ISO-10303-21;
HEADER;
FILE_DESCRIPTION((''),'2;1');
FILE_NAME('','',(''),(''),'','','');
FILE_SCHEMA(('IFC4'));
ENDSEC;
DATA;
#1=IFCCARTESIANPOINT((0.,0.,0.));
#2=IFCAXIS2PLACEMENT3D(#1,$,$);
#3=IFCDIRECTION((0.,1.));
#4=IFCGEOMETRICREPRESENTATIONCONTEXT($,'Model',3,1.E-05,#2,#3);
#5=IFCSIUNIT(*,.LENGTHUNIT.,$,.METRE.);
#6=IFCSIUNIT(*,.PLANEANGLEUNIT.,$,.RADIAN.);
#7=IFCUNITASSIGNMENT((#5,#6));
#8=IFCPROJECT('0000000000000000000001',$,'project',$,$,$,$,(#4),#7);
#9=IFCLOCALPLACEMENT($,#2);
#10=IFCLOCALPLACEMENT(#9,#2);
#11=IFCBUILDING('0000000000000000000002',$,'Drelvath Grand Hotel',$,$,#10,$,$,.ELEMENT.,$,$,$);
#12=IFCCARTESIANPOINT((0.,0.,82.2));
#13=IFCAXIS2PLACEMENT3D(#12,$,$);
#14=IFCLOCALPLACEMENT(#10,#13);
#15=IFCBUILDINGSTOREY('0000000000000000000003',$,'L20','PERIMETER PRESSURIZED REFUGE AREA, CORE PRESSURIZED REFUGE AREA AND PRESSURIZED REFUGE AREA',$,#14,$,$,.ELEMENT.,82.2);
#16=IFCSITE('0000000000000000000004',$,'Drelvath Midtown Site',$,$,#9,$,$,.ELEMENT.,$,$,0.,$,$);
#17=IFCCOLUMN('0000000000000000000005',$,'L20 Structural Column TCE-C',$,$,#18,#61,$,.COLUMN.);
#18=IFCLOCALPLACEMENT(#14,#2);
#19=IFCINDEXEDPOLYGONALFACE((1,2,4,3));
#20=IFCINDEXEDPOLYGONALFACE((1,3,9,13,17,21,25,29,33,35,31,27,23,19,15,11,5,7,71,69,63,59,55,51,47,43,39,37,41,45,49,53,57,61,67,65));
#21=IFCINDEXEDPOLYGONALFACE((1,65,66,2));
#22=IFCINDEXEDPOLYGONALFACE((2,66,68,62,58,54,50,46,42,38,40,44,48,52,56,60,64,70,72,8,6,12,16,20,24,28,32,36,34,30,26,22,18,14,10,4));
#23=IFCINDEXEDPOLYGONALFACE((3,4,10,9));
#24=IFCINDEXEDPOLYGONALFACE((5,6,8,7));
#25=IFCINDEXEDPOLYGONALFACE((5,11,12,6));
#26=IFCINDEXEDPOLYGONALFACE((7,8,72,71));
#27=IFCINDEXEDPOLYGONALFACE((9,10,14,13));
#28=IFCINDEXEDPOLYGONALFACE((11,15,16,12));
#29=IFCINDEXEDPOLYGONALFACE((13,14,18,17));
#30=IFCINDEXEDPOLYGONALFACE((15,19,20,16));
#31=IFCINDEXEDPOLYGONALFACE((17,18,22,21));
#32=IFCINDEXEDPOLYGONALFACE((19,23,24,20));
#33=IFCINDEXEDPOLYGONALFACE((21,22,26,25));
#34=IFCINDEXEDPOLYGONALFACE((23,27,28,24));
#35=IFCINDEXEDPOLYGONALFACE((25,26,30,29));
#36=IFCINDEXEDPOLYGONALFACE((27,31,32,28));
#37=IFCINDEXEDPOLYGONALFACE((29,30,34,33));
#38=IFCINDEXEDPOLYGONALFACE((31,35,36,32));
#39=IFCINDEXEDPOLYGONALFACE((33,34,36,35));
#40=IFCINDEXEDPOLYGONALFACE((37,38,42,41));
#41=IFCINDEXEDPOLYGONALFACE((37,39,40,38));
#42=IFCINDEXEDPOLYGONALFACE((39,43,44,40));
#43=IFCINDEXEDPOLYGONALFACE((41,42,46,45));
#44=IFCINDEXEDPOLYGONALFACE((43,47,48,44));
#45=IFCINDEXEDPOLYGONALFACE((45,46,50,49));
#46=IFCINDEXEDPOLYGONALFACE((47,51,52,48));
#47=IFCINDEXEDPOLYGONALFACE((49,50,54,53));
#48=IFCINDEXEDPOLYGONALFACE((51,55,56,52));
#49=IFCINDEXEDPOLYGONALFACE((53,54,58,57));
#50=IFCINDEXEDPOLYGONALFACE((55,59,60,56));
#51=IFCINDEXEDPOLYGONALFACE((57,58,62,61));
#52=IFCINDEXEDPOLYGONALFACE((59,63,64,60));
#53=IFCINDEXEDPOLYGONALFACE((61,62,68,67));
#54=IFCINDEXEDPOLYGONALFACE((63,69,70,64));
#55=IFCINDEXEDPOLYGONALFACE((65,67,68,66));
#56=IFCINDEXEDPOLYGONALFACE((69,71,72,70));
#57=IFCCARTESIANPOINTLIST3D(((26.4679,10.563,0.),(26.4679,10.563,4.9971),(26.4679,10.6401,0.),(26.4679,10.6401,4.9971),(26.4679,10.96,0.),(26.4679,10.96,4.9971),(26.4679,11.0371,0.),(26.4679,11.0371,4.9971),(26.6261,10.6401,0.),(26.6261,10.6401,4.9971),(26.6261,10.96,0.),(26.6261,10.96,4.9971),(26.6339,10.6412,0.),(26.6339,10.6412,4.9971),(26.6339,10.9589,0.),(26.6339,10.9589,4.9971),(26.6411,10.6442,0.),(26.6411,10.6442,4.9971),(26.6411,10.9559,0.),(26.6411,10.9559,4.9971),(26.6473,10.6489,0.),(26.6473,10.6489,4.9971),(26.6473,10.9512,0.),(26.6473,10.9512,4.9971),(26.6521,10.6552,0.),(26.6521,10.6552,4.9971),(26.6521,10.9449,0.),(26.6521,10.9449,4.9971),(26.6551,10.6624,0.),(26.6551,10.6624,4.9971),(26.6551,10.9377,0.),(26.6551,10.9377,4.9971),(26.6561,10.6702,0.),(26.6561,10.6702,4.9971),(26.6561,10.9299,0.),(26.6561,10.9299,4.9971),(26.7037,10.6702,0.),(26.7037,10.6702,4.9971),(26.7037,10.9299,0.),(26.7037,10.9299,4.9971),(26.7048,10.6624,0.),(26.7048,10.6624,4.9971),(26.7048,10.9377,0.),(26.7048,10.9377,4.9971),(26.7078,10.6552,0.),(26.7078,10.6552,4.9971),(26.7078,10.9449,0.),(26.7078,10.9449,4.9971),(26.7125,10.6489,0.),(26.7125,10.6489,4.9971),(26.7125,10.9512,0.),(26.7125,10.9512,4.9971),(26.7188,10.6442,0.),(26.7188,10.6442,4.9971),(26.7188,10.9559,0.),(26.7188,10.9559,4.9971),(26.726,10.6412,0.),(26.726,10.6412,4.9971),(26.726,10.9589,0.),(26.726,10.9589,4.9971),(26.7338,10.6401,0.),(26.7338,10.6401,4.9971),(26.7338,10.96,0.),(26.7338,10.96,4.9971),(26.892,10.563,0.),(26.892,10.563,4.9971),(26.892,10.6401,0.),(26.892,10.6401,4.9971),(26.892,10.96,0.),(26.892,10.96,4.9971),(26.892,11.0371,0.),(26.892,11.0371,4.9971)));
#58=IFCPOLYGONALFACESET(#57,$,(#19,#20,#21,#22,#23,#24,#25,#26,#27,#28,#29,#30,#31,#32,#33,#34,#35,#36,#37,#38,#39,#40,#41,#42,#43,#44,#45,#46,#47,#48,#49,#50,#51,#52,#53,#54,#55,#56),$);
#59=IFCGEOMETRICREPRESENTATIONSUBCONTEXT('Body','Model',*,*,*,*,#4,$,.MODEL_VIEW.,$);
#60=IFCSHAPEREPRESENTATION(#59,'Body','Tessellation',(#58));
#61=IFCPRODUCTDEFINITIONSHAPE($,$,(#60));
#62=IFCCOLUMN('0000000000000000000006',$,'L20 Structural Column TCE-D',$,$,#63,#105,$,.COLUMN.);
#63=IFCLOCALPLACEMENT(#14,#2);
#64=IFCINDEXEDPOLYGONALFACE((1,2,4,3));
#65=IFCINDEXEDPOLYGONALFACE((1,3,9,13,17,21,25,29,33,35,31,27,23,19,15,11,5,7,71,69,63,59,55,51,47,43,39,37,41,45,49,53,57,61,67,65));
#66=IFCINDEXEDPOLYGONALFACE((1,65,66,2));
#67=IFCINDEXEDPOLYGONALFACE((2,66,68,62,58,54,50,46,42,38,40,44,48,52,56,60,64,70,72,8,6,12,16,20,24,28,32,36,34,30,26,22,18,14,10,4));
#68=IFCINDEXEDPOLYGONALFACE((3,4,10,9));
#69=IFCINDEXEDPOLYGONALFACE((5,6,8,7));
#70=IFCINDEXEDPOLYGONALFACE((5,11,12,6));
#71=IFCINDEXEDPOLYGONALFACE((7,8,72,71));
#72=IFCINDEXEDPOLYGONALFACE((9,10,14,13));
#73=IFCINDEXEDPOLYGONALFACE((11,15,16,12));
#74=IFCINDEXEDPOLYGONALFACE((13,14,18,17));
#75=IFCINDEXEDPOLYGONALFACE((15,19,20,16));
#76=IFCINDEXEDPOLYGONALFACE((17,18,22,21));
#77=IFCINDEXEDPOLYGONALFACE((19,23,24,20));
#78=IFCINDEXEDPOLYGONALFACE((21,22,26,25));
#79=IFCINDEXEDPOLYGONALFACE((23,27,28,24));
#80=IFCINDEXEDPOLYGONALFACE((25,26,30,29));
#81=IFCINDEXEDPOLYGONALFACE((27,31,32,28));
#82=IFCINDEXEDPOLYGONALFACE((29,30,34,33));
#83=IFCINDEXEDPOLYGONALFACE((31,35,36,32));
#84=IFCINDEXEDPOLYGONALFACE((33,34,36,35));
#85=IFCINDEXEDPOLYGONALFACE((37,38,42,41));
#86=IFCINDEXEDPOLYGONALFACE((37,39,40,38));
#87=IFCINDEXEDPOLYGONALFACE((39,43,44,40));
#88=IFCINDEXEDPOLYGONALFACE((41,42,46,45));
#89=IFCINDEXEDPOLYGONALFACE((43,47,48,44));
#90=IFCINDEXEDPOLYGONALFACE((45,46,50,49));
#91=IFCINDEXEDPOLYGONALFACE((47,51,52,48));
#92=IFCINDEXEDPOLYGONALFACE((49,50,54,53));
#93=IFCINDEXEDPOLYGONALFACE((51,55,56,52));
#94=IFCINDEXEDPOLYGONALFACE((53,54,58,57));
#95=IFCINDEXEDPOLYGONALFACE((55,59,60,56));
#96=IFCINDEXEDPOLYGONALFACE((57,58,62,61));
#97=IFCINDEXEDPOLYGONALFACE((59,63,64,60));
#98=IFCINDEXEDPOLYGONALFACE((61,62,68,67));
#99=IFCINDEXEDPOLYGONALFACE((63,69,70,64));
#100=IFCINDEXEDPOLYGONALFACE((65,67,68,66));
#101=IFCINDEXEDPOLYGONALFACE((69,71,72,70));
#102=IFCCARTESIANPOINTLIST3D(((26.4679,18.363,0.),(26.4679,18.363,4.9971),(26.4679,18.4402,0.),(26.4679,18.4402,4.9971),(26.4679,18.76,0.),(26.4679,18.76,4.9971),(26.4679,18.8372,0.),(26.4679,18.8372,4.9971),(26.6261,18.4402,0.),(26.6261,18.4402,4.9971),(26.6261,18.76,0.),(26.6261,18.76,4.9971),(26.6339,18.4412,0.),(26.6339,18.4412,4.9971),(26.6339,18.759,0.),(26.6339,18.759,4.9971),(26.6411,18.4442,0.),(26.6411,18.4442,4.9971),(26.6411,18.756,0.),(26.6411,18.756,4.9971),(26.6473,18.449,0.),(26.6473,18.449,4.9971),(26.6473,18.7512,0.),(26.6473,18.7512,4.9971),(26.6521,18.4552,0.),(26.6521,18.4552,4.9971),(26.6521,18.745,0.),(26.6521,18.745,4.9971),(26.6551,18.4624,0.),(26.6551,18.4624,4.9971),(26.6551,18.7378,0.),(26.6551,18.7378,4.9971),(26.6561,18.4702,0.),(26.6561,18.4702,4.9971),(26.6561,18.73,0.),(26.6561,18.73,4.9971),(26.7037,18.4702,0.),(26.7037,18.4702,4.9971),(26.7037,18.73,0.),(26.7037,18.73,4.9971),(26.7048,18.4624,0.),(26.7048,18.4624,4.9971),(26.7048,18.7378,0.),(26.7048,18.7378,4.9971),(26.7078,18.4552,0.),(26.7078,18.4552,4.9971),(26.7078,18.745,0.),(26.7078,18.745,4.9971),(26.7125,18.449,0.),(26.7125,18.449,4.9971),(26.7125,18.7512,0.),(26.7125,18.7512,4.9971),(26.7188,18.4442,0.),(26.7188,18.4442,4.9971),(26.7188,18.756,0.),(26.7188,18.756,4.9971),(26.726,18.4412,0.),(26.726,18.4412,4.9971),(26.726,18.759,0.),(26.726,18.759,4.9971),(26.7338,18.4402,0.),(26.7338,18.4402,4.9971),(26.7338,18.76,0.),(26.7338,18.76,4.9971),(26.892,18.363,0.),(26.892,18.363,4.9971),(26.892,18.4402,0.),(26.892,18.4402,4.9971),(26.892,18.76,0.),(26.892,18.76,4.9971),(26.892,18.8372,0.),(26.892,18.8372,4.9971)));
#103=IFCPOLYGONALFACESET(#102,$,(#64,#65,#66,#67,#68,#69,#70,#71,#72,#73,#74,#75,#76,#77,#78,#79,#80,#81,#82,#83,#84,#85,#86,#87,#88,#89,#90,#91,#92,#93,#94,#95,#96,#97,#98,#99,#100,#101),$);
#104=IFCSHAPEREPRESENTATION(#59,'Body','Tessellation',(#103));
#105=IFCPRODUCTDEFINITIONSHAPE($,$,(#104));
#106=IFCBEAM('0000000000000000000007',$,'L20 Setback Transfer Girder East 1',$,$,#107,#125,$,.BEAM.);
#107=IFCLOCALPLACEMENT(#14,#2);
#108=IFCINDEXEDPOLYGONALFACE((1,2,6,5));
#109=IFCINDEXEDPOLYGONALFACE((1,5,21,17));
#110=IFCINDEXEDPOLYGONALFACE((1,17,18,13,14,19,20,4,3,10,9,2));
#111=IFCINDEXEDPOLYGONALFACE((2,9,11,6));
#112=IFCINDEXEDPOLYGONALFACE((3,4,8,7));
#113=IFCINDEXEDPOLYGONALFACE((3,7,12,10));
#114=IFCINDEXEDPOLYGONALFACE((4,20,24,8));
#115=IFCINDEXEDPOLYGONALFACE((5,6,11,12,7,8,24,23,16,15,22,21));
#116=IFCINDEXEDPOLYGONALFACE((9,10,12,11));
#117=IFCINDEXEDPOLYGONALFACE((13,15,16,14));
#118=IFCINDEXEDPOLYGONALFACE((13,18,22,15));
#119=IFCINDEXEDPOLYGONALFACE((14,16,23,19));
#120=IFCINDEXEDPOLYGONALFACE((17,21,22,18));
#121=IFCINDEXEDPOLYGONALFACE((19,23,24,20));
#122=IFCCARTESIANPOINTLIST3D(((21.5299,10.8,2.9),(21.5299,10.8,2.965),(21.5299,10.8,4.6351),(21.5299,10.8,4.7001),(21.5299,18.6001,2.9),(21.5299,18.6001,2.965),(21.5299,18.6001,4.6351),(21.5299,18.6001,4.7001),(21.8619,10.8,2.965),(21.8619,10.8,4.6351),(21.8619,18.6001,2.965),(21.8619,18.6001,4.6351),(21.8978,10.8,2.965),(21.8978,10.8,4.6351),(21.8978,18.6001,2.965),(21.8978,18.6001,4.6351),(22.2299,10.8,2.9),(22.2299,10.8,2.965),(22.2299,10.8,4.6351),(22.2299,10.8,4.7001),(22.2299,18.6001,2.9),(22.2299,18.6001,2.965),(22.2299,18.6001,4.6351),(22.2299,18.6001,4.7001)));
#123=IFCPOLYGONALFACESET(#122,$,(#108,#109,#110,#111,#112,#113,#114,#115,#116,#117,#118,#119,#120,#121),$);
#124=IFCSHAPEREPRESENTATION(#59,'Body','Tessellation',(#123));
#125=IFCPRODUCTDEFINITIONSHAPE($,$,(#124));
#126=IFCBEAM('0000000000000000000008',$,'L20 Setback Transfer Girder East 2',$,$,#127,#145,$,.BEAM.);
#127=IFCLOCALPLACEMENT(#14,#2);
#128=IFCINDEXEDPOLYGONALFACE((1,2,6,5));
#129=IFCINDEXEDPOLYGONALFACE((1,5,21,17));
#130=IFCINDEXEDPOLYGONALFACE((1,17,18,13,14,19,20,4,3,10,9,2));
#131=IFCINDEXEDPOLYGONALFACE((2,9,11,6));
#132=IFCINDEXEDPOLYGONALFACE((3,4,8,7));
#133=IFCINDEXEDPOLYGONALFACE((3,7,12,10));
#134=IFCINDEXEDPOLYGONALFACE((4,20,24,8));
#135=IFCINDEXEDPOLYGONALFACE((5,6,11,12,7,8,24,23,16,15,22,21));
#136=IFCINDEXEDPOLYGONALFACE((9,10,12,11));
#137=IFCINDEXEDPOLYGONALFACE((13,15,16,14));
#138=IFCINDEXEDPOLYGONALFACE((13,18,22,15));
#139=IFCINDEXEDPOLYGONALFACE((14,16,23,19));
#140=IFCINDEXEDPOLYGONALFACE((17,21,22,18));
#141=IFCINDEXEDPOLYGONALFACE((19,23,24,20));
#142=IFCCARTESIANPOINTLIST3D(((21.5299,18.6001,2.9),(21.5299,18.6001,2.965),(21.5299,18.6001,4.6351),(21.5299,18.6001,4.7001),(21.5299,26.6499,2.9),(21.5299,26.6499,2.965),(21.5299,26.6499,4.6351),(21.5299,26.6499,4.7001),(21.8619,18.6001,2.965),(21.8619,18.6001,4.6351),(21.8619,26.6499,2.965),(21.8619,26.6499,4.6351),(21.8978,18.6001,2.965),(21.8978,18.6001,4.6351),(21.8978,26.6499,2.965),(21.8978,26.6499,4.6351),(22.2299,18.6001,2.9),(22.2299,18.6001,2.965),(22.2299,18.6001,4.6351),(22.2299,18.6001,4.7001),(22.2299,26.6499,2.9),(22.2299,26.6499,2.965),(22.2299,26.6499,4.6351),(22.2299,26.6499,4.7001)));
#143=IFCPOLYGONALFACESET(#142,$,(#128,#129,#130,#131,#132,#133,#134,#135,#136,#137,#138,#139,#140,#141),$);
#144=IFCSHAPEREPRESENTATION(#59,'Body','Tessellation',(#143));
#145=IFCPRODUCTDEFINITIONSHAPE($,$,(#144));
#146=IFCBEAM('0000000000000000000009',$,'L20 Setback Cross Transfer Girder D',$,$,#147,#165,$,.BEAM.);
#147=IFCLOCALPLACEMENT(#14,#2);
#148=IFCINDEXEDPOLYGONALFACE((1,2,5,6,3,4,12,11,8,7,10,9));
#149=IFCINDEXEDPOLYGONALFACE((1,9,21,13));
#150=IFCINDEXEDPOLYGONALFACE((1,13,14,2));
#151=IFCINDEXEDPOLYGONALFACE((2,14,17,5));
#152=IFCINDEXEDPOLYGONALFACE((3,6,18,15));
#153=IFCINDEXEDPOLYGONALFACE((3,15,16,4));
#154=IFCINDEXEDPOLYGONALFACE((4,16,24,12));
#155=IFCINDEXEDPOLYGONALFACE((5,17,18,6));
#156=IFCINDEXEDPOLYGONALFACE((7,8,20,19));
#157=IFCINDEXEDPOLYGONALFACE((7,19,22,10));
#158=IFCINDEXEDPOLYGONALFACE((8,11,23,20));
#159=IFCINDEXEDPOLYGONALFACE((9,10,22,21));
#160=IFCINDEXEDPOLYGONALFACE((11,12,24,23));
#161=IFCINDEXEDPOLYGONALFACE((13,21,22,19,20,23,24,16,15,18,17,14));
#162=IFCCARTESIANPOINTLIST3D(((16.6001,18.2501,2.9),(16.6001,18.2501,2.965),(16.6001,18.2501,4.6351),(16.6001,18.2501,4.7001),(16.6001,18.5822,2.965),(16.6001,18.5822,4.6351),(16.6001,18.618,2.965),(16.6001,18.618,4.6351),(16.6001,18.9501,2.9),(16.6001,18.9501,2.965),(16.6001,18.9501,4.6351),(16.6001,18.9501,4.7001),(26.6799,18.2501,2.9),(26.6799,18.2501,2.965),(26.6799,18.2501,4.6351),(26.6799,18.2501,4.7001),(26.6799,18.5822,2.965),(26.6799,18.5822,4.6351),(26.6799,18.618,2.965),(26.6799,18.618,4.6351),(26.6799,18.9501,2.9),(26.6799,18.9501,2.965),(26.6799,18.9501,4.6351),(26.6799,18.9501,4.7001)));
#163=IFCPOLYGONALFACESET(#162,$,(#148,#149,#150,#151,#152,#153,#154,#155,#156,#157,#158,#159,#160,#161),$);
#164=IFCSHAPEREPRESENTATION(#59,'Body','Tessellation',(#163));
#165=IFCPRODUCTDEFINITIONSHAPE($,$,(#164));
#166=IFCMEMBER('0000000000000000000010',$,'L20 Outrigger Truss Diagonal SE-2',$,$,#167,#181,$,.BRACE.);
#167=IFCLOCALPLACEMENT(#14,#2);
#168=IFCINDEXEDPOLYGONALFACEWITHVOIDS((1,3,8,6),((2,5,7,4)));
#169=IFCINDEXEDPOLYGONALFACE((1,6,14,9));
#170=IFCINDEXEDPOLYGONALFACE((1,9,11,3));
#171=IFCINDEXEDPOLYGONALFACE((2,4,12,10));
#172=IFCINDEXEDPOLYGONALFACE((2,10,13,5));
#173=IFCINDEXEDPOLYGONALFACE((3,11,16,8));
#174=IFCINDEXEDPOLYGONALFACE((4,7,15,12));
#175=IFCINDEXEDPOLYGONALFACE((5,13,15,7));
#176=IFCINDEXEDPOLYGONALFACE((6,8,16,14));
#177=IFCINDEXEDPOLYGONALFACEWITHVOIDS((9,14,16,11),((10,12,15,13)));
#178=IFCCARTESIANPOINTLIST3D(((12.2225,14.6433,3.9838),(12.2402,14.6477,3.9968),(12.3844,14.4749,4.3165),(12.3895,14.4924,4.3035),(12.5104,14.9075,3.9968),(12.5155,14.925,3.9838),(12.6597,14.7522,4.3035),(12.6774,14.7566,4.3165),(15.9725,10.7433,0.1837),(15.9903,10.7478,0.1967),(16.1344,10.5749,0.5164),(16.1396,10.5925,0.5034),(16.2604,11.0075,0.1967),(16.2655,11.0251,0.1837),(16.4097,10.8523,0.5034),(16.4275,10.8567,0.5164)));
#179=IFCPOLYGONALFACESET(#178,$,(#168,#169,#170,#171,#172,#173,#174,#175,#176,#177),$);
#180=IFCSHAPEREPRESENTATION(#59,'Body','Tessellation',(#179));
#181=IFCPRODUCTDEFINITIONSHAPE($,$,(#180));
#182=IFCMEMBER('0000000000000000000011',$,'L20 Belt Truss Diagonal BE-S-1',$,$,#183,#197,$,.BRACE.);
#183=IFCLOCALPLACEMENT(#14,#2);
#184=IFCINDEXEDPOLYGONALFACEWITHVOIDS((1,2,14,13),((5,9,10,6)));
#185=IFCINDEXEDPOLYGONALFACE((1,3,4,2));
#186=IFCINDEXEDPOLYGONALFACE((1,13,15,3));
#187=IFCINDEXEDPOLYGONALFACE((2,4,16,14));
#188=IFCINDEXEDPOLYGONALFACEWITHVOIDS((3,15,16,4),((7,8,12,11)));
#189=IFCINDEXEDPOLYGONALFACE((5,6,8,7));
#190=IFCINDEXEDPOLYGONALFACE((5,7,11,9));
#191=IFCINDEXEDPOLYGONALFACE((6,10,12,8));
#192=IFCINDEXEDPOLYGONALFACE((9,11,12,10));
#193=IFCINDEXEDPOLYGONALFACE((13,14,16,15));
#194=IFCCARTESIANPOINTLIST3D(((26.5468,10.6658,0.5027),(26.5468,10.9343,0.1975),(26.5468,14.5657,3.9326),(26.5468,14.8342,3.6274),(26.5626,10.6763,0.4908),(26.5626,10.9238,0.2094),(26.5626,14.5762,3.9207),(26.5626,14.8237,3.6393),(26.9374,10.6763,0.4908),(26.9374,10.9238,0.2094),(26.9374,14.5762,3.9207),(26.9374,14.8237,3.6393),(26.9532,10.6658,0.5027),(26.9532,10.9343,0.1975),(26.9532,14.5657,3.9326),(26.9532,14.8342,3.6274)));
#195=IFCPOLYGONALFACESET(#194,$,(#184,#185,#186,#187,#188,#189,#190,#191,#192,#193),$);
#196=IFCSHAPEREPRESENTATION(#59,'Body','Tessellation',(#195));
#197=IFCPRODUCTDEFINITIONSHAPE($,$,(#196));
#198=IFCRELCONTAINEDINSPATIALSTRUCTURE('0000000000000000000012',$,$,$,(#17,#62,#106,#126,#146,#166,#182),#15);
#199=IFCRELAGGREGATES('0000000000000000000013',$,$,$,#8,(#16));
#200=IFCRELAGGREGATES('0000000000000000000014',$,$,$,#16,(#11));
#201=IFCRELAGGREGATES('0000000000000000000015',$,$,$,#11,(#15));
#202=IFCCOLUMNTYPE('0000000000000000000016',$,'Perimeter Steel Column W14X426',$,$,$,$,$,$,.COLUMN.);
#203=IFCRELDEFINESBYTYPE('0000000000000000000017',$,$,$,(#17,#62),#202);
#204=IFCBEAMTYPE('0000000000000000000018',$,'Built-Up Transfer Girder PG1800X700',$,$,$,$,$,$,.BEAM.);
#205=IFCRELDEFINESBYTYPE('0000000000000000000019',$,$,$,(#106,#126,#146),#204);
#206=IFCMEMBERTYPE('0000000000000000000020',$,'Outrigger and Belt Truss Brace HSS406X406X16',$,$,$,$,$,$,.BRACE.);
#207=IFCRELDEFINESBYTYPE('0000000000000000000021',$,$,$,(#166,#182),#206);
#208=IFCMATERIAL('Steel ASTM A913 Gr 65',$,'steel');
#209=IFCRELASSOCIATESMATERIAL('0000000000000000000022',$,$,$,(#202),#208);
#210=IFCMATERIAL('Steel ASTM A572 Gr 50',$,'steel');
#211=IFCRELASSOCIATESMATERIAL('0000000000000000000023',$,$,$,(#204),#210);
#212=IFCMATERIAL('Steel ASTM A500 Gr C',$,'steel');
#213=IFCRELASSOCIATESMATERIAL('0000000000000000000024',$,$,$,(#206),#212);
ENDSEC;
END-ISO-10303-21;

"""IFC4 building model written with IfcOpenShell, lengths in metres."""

from ifc_helpers import new_model, si_unit, direction, frame, origin, origin_2d, place, context, subcontext, project, spatial, hollow_rectangle, i_section, extrude, material, material_profile, profile_set, type_object, element, save


model = new_model("IFC4")

# Units and contexts
model_context = context("Model", 3, precision=1e-05, world=origin(), true_north=direction((0.0, 1.0)))
body_context = subcontext(model_context, "Body", "Model", "MODEL_VIEW")
ifc_project = project(units=[si_unit("LENGTHUNIT", "METRE"), si_unit("PLANEANGLEUNIT", "RADIAN")], contexts=[model_context])

# Site, building, storey
site_placement = place(None, origin())
site = spatial("IfcSite", under=ifc_project, at=site_placement, Name="Drelvath Midtown Site", CompositionType="ELEMENT", RefElevation=0.0)
building_placement = place(site_placement, origin())
building = spatial("IfcBuilding", under=site, at=building_placement, Name="Drelvath Grand Hotel", CompositionType="ELEMENT")
storey_placement = place(building_placement, frame((0.0, 0.0, 82.2)))
storey = spatial("IfcBuildingStorey", under=building, at=storey_placement, Name="L20", Description="PERIMETER PRESSURIZED REFUGE AREA, CORE PRESSURIZED REFUGE AREA AND PRESSURIZED REFUGE AREA", CompositionType="ELEMENT", Elevation=82.2)

# Columns
ifc_material_1 = material(Name="Steel ASTM A913 Gr 65", Category="steel")
ifc_material_profile_1 = material_profile(ifc_material_1, i_section(OverallWidth=0.4241, OverallDepth=0.4741, WebThickness=0.0476, FlangeThickness=0.0771, FilletRadius=0.03, at=origin_2d()), Name="W14X426")
ifc_profile_set_1 = profile_set([ifc_material_profile_1], Name="Steel ASTM A913 Gr 65")
column_type = type_object("IfcColumnType", Name="Perimeter Steel Column W14X426", PredefinedType="COLUMN", material=ifc_profile_set_1)
for number, where, z_axis, x_axis, name in (
    (1, (26.6799, 10.8, 0.0), (0.0, 0.0, 1.0), (1.0, 0.0, 0.0), "L20 Structural Column TCE-C"),
    (2, (26.6799, 18.6001, 0.0), (0.0, 0.0, 1.0), (1.0, 0.0, 0.0), "L20 Structural Column TCE-D"),
):
    element("IfcColumn", number, at=place(storey_placement, frame(where, z_axis=z_axis, x_axis=x_axis)), inside=storey, type_object=column_type, Name=name, PredefinedType="COLUMN", context=body_context, shape_type="SweptSolid", body=[
        extrude(i_section(OverallWidth=0.4241, OverallDepth=0.4741, WebThickness=0.0476, FlangeThickness=0.0771, FilletRadius=0.03, at=origin_2d()), origin(), (0.0, 0.0, 1.0), 4.9971),
    ])

# Beams
ifc_material_2 = material(Name="Steel ASTM A572 Gr 50", Category="steel")
ifc_material_profile_2 = material_profile(ifc_material_2, i_section(OverallWidth=0.7, OverallDepth=1.8, WebThickness=0.0359, FlangeThickness=0.0649, at=origin_2d()), Name="PG1800X700")
ifc_profile_set_2 = profile_set([ifc_material_profile_2], Name="Steel ASTM A572 Gr 50")
beam_type_1 = type_object("IfcBeamType", Name="Built-Up Transfer Girder PG1800X700", PredefinedType="BEAM", material=ifc_profile_set_2)
beam_1_placement = place(storey_placement, frame((21.8799, 10.8, 3.8), z_axis=(0.0, 1.0, 0.0), x_axis=(-1.0, 0.0, 0.0)))
element("IfcBeam", 3, at=beam_1_placement, inside=storey, type_object=beam_type_1, Name="L20 Setback Transfer Girder East 1", PredefinedType="BEAM", context=body_context, shape_type="SweptSolid", body=[
    extrude(i_section(OverallWidth=0.7, OverallDepth=1.8, WebThickness=0.0359, FlangeThickness=0.0649, at=origin_2d()), origin(), (0.0, 0.0, 1.0), 7.8),
])
beam_2_placement = place(storey_placement, frame((21.8799, 18.6001, 3.8), z_axis=(0.0, 1.0, 0.0), x_axis=(-1.0, 0.0, 0.0)))
element("IfcBeam", 4, at=beam_2_placement, inside=storey, type_object=beam_type_1, Name="L20 Setback Transfer Girder East 2", PredefinedType="BEAM", context=body_context, shape_type="SweptSolid", body=[
    extrude(i_section(OverallWidth=0.7, OverallDepth=1.8, WebThickness=0.0359, FlangeThickness=0.0649, at=origin_2d()), origin(), (0.0, 0.0, 1.0), 8.0498),
])
beam_3_placement = place(storey_placement, frame((16.6001, 18.6001, 3.8), z_axis=(1.0, 0.0, 0.0), x_axis=(0.0, 1.0, 0.0)))
element("IfcBeam", 5, at=beam_3_placement, inside=storey, type_object=beam_type_1, Name="L20 Setback Cross Transfer Girder D", PredefinedType="BEAM", context=body_context, shape_type="SweptSolid", body=[
    extrude(i_section(OverallWidth=0.7, OverallDepth=1.8, WebThickness=0.0359, FlangeThickness=0.0649, at=origin_2d()), origin(), (0.0, 0.0, 1.0), 10.0798),
])

# Members
ifc_material_3 = material(Name="Steel ASTM A500 Gr C", Category="steel")
ifc_material_profile_3 = material_profile(ifc_material_3, hollow_rectangle(XDim=0.4065, YDim=0.4065, WallThickness=0.0159, at=origin_2d()), Name="HSS406X406X16")
ifc_profile_set_3 = profile_set([ifc_material_profile_3], Name="Steel ASTM A500 Gr C")
member_type_1 = type_object("IfcMemberType", Name="Outrigger and Belt Truss Brace HSS406X406X16", PredefinedType="BRACE", material=ifc_profile_set_3)
member_1_placement = place(storey_placement, frame((12.45, 14.7, 4.1501), z_axis=(0.567192, -0.589865, -0.574762), x_axis=(0.720824, 0.693118, 0.0)))
element("IfcMember", 6, at=member_1_placement, inside=storey, type_object=member_type_1, Name="L20 Outrigger Truss Diagonal SE-2", PredefinedType="BRACE", context=body_context, shape_type="SweptSolid", body=[
    extrude(hollow_rectangle(XDim=0.4065, YDim=0.4065, WallThickness=0.0159, at=origin_2d()), origin(), (0.0, 0.0, 1.0), 6.6116),
])
member_2_placement = place(storey_placement, frame((26.75, 10.8, 0.3501), z_axis=(0.0, 0.750903, 0.660413), x_axis=(-1.0, 0.0, 0.0)))
element("IfcMember", 7, at=member_2_placement, inside=storey, type_object=member_type_1, Name="L20 Belt Truss Diagonal BE-S-1", PredefinedType="BRACE", context=body_context, shape_type="SweptSolid", body=[
    extrude(hollow_rectangle(XDim=0.4065, YDim=0.4065, WallThickness=0.0159, at=origin_2d()), origin(), (0.0, 0.0, 1.0), 5.1936),
])

save(model, "model.ifc")
